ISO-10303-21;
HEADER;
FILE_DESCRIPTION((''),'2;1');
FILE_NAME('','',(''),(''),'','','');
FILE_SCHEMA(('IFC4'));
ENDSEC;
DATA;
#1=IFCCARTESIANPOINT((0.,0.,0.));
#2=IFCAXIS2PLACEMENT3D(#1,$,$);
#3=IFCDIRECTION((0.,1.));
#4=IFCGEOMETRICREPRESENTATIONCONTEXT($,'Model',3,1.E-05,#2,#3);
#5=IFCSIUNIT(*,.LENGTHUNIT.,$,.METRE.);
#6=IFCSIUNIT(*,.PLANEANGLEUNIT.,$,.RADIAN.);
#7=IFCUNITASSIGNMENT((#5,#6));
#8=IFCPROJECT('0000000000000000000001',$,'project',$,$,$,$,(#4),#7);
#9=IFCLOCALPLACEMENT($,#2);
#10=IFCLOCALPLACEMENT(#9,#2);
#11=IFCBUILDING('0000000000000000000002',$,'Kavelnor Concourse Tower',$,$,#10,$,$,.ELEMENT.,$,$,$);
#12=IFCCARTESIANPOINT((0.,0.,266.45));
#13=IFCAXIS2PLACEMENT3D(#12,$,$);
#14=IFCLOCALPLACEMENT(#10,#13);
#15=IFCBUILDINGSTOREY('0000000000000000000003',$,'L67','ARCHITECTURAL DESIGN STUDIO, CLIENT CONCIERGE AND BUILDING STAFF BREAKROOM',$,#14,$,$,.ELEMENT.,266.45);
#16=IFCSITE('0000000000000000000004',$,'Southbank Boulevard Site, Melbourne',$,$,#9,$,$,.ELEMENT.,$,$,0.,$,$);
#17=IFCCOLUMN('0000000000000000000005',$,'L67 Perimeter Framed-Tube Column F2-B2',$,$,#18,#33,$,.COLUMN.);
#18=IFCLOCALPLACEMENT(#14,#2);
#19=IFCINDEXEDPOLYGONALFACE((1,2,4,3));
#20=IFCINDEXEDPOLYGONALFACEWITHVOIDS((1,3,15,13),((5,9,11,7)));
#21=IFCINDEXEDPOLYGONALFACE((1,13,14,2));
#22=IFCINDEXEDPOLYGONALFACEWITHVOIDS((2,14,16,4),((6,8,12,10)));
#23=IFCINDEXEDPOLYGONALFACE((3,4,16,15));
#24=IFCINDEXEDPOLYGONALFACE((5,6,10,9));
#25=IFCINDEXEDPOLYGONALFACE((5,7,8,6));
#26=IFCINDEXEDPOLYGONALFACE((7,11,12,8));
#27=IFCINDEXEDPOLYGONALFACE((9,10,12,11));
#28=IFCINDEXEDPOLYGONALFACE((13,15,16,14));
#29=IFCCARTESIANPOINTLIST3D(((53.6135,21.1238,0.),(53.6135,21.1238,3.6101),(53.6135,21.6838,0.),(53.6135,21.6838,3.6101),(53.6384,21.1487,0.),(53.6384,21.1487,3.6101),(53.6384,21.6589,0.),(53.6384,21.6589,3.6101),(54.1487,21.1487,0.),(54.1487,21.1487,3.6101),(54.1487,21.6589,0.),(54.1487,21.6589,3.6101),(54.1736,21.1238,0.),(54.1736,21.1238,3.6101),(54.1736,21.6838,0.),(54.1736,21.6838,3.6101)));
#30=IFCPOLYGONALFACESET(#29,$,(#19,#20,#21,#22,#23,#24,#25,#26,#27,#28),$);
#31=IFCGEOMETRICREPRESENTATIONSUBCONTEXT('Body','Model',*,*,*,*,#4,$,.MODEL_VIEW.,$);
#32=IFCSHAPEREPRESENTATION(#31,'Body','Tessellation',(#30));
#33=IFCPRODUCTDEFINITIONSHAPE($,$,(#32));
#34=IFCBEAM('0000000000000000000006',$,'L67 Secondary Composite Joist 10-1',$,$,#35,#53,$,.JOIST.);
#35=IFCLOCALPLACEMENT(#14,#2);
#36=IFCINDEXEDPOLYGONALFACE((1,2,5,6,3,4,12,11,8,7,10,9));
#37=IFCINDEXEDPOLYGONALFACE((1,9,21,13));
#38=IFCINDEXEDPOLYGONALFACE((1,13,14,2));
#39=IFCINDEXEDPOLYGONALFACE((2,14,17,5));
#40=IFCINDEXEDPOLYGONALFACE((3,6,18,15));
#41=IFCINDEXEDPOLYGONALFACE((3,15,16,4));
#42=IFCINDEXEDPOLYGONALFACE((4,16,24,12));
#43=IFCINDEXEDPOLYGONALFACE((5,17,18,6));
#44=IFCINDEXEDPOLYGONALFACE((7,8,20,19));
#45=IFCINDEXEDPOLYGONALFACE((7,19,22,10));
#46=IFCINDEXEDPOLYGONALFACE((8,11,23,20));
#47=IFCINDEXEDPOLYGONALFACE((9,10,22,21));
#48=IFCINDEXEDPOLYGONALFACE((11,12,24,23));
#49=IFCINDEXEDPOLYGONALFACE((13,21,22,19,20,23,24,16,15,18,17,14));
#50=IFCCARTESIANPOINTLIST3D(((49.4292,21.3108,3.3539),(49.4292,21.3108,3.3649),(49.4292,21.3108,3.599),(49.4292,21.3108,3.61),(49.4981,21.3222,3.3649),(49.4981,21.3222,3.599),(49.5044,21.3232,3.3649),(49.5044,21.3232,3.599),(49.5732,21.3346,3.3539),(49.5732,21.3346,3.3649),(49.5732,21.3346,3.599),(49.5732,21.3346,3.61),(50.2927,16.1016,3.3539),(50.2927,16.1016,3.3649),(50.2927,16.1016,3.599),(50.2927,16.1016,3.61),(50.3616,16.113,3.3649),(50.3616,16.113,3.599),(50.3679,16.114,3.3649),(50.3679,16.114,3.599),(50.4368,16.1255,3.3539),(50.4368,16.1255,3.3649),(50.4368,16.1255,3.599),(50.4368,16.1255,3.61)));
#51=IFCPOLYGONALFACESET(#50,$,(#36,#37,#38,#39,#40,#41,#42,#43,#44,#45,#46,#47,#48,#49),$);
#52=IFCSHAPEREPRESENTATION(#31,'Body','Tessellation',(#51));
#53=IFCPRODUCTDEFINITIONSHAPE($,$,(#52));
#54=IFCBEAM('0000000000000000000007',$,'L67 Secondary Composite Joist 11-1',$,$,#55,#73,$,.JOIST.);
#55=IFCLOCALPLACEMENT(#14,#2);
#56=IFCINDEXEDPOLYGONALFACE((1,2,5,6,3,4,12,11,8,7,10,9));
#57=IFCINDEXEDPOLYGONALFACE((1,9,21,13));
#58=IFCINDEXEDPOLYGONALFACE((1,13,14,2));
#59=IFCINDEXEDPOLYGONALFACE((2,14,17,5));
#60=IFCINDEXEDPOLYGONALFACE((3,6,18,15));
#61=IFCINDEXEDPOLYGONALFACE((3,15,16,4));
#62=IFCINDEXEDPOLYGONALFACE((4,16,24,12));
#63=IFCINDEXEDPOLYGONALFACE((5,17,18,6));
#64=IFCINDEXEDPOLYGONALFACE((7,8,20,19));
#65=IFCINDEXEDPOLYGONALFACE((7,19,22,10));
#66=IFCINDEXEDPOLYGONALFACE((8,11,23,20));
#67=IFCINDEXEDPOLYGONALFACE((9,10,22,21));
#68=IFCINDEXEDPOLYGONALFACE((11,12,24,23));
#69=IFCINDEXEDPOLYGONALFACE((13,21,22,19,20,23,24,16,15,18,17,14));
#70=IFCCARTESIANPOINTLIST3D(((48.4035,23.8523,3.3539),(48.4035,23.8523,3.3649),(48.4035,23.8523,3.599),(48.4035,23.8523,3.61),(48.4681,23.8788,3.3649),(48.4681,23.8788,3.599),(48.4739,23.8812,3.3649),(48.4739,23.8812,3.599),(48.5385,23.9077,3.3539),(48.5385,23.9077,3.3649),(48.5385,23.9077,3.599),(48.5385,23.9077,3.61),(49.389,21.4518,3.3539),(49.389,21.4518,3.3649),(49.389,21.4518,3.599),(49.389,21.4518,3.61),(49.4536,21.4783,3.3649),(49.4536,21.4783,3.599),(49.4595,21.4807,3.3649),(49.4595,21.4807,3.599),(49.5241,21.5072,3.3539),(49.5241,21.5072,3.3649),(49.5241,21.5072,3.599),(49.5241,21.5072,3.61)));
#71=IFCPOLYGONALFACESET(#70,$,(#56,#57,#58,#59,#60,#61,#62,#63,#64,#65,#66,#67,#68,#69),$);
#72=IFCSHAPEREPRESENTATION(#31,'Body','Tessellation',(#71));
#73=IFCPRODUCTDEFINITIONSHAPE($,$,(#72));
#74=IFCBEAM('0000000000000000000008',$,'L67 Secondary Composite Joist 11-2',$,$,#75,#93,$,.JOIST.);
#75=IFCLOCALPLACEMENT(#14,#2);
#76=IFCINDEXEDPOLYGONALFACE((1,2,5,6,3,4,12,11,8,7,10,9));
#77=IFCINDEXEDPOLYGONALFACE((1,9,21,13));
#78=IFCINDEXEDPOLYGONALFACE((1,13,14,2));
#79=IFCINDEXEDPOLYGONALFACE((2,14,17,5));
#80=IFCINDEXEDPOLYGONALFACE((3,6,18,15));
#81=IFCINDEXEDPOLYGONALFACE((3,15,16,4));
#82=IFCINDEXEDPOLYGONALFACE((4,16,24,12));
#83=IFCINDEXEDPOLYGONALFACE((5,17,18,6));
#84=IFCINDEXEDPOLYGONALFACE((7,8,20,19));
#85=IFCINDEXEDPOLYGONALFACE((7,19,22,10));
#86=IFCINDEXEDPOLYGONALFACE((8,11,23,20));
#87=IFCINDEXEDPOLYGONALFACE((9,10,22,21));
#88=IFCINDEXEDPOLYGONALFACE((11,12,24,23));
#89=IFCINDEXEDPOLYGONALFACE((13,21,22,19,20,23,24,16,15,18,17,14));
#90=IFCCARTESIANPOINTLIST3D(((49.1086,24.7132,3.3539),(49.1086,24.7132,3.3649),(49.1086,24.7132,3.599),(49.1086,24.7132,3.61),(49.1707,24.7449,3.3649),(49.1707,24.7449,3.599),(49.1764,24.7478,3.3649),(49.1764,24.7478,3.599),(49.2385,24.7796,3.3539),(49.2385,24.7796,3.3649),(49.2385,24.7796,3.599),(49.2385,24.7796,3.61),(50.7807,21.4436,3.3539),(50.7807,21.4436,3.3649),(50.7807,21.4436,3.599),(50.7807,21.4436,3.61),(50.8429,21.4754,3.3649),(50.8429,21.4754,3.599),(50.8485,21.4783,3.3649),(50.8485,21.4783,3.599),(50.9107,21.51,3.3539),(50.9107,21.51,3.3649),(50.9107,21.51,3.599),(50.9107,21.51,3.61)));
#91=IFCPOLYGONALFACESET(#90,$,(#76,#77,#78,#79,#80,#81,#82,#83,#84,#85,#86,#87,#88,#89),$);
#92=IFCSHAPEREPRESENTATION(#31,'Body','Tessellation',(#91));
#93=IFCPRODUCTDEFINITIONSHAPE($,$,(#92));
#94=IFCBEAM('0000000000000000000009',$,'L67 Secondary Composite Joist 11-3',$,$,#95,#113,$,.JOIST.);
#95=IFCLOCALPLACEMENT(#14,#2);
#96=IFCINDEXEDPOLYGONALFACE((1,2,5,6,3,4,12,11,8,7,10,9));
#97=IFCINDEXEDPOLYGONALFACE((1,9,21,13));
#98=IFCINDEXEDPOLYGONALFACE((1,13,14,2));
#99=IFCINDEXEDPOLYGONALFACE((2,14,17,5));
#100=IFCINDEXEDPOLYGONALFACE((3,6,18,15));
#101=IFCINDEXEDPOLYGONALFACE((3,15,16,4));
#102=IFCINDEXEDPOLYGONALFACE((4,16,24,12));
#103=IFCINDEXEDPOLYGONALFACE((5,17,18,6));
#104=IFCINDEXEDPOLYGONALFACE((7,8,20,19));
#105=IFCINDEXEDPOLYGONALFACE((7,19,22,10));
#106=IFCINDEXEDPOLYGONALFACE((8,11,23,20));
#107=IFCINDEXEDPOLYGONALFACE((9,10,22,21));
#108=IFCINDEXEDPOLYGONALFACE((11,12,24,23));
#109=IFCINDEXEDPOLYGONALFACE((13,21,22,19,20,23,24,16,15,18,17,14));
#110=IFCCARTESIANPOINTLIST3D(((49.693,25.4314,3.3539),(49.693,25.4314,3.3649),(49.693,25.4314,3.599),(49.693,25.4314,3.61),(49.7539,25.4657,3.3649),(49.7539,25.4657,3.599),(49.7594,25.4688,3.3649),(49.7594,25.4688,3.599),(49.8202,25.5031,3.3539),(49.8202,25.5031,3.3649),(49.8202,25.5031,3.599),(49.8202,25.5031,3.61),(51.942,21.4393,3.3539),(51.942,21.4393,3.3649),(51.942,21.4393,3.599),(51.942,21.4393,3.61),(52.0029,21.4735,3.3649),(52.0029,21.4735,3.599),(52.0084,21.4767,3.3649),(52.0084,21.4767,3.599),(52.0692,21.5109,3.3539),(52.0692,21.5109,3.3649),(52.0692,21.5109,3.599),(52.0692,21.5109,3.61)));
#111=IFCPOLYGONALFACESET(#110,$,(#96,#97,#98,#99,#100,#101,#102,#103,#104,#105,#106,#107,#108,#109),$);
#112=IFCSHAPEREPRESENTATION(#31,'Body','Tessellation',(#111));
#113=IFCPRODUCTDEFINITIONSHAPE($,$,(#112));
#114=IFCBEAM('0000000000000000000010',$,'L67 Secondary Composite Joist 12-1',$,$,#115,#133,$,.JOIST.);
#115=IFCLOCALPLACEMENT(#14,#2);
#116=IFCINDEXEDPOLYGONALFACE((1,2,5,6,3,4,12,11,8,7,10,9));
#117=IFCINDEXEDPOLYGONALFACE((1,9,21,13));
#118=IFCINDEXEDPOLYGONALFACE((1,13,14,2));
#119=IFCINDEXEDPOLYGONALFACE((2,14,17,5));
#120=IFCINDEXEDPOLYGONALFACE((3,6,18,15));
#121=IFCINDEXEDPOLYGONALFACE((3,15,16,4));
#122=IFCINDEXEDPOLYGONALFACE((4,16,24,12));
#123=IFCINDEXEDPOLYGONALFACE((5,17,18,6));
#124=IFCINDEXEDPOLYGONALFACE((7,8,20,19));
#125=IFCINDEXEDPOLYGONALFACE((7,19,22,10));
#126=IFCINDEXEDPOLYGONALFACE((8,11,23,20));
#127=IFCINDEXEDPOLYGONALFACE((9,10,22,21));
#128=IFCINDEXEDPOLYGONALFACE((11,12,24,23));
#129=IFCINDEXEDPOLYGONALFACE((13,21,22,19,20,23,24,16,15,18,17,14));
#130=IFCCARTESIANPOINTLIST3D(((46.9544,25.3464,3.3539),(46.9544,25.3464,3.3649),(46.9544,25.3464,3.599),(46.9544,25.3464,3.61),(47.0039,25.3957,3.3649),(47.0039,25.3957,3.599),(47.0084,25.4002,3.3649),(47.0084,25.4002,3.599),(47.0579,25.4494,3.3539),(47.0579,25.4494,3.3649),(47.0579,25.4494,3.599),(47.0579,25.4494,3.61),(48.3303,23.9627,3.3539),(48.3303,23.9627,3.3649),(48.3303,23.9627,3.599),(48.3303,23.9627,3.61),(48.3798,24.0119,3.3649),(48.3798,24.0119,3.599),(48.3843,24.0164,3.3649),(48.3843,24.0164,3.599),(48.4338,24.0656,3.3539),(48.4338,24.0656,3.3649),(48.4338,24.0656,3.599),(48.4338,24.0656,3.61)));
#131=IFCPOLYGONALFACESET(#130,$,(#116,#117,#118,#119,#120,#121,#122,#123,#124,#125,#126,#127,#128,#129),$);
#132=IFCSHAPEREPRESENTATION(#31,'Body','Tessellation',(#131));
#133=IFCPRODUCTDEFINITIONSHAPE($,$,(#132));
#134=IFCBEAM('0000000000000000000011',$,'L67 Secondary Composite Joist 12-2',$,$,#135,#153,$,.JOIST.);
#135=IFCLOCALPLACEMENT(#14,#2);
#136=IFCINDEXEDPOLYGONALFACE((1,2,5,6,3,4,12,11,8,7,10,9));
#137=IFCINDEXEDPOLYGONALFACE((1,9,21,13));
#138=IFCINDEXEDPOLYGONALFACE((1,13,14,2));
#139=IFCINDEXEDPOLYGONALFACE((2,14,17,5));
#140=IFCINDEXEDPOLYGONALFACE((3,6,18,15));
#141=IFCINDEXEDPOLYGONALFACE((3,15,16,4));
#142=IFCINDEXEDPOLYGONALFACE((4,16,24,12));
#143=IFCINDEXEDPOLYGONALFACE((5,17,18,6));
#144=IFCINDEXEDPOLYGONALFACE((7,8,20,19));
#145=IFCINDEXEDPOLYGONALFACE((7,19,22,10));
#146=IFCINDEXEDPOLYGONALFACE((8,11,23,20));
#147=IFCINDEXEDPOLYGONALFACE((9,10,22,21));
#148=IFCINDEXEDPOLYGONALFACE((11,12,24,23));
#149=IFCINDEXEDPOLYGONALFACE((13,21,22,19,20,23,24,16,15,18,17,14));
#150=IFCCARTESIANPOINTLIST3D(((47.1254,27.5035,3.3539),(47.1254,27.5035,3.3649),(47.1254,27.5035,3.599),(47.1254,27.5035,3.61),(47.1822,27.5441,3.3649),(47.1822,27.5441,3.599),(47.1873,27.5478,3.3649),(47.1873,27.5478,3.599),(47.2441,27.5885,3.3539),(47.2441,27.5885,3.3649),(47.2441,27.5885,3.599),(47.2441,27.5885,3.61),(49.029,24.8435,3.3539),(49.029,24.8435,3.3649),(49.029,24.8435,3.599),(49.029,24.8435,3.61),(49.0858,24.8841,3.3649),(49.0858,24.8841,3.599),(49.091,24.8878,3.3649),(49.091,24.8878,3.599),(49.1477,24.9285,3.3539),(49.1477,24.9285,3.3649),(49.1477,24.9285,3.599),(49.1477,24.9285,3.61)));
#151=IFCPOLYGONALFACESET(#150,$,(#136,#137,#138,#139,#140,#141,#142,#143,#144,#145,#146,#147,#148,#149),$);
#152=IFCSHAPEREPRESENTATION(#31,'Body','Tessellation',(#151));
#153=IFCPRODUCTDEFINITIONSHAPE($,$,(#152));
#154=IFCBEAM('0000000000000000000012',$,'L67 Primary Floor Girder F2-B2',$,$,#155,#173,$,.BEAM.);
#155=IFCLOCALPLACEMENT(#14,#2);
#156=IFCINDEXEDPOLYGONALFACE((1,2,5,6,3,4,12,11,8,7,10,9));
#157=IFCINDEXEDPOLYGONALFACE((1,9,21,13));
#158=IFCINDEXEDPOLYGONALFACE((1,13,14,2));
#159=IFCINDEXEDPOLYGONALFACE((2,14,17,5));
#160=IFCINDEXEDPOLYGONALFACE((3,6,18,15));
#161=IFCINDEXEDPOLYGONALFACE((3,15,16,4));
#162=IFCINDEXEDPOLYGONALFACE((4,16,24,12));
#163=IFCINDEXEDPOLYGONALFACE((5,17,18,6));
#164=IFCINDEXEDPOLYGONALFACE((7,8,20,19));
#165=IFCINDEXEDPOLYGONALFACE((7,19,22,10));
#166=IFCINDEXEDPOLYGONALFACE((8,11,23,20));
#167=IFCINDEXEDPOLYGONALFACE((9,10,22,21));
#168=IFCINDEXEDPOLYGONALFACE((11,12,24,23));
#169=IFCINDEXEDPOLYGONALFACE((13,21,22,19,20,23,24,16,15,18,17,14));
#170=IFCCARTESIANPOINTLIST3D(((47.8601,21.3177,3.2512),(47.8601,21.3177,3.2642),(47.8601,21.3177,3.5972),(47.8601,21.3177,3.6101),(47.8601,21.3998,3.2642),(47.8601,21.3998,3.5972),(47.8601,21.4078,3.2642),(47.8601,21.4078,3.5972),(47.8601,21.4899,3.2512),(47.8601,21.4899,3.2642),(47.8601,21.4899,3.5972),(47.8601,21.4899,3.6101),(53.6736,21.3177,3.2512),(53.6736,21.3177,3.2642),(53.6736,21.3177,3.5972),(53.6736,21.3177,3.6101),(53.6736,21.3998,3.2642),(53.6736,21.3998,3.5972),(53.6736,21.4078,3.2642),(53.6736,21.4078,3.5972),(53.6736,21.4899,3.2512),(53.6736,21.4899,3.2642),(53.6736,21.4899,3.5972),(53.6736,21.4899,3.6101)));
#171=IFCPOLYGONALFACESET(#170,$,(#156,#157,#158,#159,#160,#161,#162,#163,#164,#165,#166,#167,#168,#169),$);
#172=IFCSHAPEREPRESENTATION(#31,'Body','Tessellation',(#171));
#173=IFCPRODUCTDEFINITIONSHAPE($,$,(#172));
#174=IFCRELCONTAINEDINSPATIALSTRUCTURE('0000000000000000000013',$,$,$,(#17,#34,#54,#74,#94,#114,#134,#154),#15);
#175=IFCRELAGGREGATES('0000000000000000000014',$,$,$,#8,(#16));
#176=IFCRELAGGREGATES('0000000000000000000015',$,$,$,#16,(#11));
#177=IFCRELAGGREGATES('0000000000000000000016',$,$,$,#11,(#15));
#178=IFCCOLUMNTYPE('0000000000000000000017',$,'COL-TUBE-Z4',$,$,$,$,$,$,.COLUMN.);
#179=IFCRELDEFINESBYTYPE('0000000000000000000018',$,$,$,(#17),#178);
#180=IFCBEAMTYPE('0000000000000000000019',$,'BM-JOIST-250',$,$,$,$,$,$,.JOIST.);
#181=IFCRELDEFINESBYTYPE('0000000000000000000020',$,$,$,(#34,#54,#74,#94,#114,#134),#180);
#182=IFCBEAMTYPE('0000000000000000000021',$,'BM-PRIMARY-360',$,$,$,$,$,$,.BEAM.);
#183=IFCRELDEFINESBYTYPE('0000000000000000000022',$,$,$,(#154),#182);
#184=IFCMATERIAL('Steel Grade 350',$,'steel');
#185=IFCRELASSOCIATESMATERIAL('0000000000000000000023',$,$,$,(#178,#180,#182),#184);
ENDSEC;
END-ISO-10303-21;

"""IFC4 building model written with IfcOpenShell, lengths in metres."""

from ifc_helpers import new_model, si_unit, direction, frame, origin, origin_2d, place, context, subcontext, project, spatial, hollow_rectangle, i_section, extrude, material, material_profile, profile_set, type_object, element, save


model = new_model("IFC4")

# Units and contexts
model_context = context("Model", 3, precision=1e-05, world=origin(), true_north=direction((0.0, 1.0)))
body_context = subcontext(model_context, "Body", "Model", "MODEL_VIEW")
ifc_project = project(units=[si_unit("LENGTHUNIT", "METRE"), si_unit("PLANEANGLEUNIT", "RADIAN")], contexts=[model_context])

# Site, building, storey
site_placement = place(None, origin())
site = spatial("IfcSite", under=ifc_project, at=site_placement, Name="Southbank Boulevard Site, Melbourne", CompositionType="ELEMENT", RefElevation=0.0)
building_placement = place(site_placement, origin())
building = spatial("IfcBuilding", under=site, at=building_placement, Name="Kavelnor Concourse Tower", CompositionType="ELEMENT")
storey_placement = place(building_placement, frame((0.0, 0.0, 266.45)))
storey = spatial("IfcBuildingStorey", under=building, at=storey_placement, Name="L67", Description="ARCHITECTURAL DESIGN STUDIO, CLIENT CONCIERGE AND BUILDING STAFF BREAKROOM", CompositionType="ELEMENT", Elevation=266.45)

# Column
ifc_material_1 = material(Name="Steel Grade 350", Category="steel")
ifc_material_profile_1 = material_profile(ifc_material_1, hollow_rectangle(XDim=0.5601, YDim=0.5601, WallThickness=0.0249, at=origin_2d()), Name="SHS 560x560x25")
ifc_profile_set_1 = profile_set([ifc_material_profile_1], Name="Steel Grade 350")
column_type = type_object("IfcColumnType", Name="COL-TUBE-Z4", PredefinedType="COLUMN", material=ifc_profile_set_1)
column_placement = place(storey_placement, frame((53.8936, 21.4038, 0.0), z_axis=(0.0, 0.0, 1.0), x_axis=(1.0, 0.0, 0.0)))
element("IfcColumn", 1, at=column_placement, inside=storey, type_object=column_type, Name="L67 Perimeter Framed-Tube Column F2-B2", PredefinedType="COLUMN", context=body_context, shape_type="SweptSolid", body=[
    extrude(hollow_rectangle(XDim=0.5601, YDim=0.5601, WallThickness=0.0249, at=origin_2d()), origin(), (0.0, 0.0, 1.0), 3.6101),
])

# Beams
ifc_material_profile_2 = material_profile(ifc_material_1, i_section(OverallWidth=0.146, OverallDepth=0.2561, WebThickness=0.0063, FlangeThickness=0.011, at=origin_2d()), Name="250UB37")
ifc_profile_set_2 = profile_set([ifc_material_profile_2], Name="Steel Grade 350")
beam_type_1 = type_object("IfcBeamType", Name="BM-JOIST-250", PredefinedType="JOIST", material=ifc_profile_set_2)
beam_1_placement = place(storey_placement, frame((50.3647, 16.1135, 3.4819), z_axis=(-0.163537, 0.986537, 0.0), x_axis=(-0.986537, -0.163537, 0.0)))
element("IfcBeam", 2, at=beam_1_placement, inside=storey, type_object=beam_type_1, Name="L67 Secondary Composite Joist 10-1", PredefinedType="JOIST", context=body_context, shape_type="SweptSolid", body=[
    extrude(i_section(OverallWidth=0.146, OverallDepth=0.2561, WebThickness=0.0063, FlangeThickness=0.011, at=origin_2d()), origin(), (0.0, 0.0, 1.0), 5.2803),
])
beam_2_placement = place(storey_placement, frame((49.4565, 21.4795, 3.4819), z_axis=(-0.379794, 0.925071, 0.0), x_axis=(-0.925071, -0.379794, 0.0)))
element("IfcBeam", 3, at=beam_2_placement, inside=storey, type_object=beam_type_1, Name="L67 Secondary Composite Joist 11-1", PredefinedType="JOIST", context=body_context, shape_type="SweptSolid", body=[
    extrude(i_section(OverallWidth=0.146, OverallDepth=0.2561, WebThickness=0.0063, FlangeThickness=0.011, at=origin_2d()), origin(), (0.0, 0.0, 1.0), 2.595),
])
beam_3_placement = place(storey_placement, frame((50.8457, 21.4768, 3.4819), z_axis=(-0.455332, 0.890322, 0.0), x_axis=(-0.890322, -0.455332, 0.0)))
element("IfcBeam", 4, at=beam_3_placement, inside=storey, type_object=beam_type_1, Name="L67 Secondary Composite Joist 11-2", PredefinedType="JOIST", context=body_context, shape_type="SweptSolid", body=[
    extrude(i_section(OverallWidth=0.146, OverallDepth=0.2561, WebThickness=0.0063, FlangeThickness=0.011, at=origin_2d()), origin(), (0.0, 0.0, 1.0), 3.6724),
])
beam_4_placement = place(storey_placement, frame((52.0056, 21.4751, 3.4819), z_axis=(-0.490828, 0.871257, 0.0), x_axis=(-0.871257, -0.490828, 0.0)))
element("IfcBeam", 5, at=beam_4_placement, inside=storey, type_object=beam_type_1, Name="L67 Secondary Composite Joist 11-3", PredefinedType="JOIST", context=body_context, shape_type="SweptSolid", body=[
    extrude(i_section(OverallWidth=0.146, OverallDepth=0.2561, WebThickness=0.0063, FlangeThickness=0.011, at=origin_2d()), origin(), (0.0, 0.0, 1.0), 4.582),
])
beam_5_placement = place(storey_placement, frame((48.3821, 24.0142, 3.4819), z_axis=(-0.705102, 0.709106, 0.0), x_axis=(-0.709106, -0.705102, 0.0)))
element("IfcBeam", 6, at=beam_5_placement, inside=storey, type_object=beam_type_1, Name="L67 Secondary Composite Joist 12-1", PredefinedType="JOIST", context=body_context, shape_type="SweptSolid", body=[
    extrude(i_section(OverallWidth=0.146, OverallDepth=0.2561, WebThickness=0.0063, FlangeThickness=0.011, at=origin_2d()), origin(), (0.0, 0.0, 1.0), 1.9514),
])
beam_6_placement = place(storey_placement, frame((49.0884, 24.886, 3.4819), z_axis=(-0.581972, 0.813209, 0.0), x_axis=(-0.813209, -0.581972, 0.0)))
element("IfcBeam", 7, at=beam_6_placement, inside=storey, type_object=beam_type_1, Name="L67 Secondary Composite Joist 12-2", PredefinedType="JOIST", context=body_context, shape_type="SweptSolid", body=[
    extrude(i_section(OverallWidth=0.146, OverallDepth=0.2561, WebThickness=0.0063, FlangeThickness=0.011, at=origin_2d()), origin(), (0.0, 0.0, 1.0), 3.271),
])
ifc_material_profile_3 = material_profile(ifc_material_1, i_section(OverallWidth=0.1721, OverallDepth=0.3589, WebThickness=0.0081, FlangeThickness=0.0129, at=origin_2d()), Name="360UB56")
ifc_profile_set_3 = profile_set([ifc_material_profile_3], Name="Steel Grade 350")
beam_type_2 = type_object("IfcBeamType", Name="BM-PRIMARY-360", PredefinedType="BEAM", material=ifc_profile_set_3)
beam_7_placement = place(storey_placement, frame((47.8601, 21.4038, 3.4307), z_axis=(1.0, 0.0, 0.0), x_axis=(0.0, 1.0, 0.0)))
element("IfcBeam", 8, at=beam_7_placement, inside=storey, type_object=beam_type_2, Name="L67 Primary Floor Girder F2-B2", PredefinedType="BEAM", context=body_context, shape_type="SweptSolid", body=[
    extrude(i_section(OverallWidth=0.1721, OverallDepth=0.3589, WebThickness=0.0081, FlangeThickness=0.0129, at=origin_2d()), origin(), (0.0, 0.0, 1.0), 5.8135),
])

save(model, "model.ifc")
